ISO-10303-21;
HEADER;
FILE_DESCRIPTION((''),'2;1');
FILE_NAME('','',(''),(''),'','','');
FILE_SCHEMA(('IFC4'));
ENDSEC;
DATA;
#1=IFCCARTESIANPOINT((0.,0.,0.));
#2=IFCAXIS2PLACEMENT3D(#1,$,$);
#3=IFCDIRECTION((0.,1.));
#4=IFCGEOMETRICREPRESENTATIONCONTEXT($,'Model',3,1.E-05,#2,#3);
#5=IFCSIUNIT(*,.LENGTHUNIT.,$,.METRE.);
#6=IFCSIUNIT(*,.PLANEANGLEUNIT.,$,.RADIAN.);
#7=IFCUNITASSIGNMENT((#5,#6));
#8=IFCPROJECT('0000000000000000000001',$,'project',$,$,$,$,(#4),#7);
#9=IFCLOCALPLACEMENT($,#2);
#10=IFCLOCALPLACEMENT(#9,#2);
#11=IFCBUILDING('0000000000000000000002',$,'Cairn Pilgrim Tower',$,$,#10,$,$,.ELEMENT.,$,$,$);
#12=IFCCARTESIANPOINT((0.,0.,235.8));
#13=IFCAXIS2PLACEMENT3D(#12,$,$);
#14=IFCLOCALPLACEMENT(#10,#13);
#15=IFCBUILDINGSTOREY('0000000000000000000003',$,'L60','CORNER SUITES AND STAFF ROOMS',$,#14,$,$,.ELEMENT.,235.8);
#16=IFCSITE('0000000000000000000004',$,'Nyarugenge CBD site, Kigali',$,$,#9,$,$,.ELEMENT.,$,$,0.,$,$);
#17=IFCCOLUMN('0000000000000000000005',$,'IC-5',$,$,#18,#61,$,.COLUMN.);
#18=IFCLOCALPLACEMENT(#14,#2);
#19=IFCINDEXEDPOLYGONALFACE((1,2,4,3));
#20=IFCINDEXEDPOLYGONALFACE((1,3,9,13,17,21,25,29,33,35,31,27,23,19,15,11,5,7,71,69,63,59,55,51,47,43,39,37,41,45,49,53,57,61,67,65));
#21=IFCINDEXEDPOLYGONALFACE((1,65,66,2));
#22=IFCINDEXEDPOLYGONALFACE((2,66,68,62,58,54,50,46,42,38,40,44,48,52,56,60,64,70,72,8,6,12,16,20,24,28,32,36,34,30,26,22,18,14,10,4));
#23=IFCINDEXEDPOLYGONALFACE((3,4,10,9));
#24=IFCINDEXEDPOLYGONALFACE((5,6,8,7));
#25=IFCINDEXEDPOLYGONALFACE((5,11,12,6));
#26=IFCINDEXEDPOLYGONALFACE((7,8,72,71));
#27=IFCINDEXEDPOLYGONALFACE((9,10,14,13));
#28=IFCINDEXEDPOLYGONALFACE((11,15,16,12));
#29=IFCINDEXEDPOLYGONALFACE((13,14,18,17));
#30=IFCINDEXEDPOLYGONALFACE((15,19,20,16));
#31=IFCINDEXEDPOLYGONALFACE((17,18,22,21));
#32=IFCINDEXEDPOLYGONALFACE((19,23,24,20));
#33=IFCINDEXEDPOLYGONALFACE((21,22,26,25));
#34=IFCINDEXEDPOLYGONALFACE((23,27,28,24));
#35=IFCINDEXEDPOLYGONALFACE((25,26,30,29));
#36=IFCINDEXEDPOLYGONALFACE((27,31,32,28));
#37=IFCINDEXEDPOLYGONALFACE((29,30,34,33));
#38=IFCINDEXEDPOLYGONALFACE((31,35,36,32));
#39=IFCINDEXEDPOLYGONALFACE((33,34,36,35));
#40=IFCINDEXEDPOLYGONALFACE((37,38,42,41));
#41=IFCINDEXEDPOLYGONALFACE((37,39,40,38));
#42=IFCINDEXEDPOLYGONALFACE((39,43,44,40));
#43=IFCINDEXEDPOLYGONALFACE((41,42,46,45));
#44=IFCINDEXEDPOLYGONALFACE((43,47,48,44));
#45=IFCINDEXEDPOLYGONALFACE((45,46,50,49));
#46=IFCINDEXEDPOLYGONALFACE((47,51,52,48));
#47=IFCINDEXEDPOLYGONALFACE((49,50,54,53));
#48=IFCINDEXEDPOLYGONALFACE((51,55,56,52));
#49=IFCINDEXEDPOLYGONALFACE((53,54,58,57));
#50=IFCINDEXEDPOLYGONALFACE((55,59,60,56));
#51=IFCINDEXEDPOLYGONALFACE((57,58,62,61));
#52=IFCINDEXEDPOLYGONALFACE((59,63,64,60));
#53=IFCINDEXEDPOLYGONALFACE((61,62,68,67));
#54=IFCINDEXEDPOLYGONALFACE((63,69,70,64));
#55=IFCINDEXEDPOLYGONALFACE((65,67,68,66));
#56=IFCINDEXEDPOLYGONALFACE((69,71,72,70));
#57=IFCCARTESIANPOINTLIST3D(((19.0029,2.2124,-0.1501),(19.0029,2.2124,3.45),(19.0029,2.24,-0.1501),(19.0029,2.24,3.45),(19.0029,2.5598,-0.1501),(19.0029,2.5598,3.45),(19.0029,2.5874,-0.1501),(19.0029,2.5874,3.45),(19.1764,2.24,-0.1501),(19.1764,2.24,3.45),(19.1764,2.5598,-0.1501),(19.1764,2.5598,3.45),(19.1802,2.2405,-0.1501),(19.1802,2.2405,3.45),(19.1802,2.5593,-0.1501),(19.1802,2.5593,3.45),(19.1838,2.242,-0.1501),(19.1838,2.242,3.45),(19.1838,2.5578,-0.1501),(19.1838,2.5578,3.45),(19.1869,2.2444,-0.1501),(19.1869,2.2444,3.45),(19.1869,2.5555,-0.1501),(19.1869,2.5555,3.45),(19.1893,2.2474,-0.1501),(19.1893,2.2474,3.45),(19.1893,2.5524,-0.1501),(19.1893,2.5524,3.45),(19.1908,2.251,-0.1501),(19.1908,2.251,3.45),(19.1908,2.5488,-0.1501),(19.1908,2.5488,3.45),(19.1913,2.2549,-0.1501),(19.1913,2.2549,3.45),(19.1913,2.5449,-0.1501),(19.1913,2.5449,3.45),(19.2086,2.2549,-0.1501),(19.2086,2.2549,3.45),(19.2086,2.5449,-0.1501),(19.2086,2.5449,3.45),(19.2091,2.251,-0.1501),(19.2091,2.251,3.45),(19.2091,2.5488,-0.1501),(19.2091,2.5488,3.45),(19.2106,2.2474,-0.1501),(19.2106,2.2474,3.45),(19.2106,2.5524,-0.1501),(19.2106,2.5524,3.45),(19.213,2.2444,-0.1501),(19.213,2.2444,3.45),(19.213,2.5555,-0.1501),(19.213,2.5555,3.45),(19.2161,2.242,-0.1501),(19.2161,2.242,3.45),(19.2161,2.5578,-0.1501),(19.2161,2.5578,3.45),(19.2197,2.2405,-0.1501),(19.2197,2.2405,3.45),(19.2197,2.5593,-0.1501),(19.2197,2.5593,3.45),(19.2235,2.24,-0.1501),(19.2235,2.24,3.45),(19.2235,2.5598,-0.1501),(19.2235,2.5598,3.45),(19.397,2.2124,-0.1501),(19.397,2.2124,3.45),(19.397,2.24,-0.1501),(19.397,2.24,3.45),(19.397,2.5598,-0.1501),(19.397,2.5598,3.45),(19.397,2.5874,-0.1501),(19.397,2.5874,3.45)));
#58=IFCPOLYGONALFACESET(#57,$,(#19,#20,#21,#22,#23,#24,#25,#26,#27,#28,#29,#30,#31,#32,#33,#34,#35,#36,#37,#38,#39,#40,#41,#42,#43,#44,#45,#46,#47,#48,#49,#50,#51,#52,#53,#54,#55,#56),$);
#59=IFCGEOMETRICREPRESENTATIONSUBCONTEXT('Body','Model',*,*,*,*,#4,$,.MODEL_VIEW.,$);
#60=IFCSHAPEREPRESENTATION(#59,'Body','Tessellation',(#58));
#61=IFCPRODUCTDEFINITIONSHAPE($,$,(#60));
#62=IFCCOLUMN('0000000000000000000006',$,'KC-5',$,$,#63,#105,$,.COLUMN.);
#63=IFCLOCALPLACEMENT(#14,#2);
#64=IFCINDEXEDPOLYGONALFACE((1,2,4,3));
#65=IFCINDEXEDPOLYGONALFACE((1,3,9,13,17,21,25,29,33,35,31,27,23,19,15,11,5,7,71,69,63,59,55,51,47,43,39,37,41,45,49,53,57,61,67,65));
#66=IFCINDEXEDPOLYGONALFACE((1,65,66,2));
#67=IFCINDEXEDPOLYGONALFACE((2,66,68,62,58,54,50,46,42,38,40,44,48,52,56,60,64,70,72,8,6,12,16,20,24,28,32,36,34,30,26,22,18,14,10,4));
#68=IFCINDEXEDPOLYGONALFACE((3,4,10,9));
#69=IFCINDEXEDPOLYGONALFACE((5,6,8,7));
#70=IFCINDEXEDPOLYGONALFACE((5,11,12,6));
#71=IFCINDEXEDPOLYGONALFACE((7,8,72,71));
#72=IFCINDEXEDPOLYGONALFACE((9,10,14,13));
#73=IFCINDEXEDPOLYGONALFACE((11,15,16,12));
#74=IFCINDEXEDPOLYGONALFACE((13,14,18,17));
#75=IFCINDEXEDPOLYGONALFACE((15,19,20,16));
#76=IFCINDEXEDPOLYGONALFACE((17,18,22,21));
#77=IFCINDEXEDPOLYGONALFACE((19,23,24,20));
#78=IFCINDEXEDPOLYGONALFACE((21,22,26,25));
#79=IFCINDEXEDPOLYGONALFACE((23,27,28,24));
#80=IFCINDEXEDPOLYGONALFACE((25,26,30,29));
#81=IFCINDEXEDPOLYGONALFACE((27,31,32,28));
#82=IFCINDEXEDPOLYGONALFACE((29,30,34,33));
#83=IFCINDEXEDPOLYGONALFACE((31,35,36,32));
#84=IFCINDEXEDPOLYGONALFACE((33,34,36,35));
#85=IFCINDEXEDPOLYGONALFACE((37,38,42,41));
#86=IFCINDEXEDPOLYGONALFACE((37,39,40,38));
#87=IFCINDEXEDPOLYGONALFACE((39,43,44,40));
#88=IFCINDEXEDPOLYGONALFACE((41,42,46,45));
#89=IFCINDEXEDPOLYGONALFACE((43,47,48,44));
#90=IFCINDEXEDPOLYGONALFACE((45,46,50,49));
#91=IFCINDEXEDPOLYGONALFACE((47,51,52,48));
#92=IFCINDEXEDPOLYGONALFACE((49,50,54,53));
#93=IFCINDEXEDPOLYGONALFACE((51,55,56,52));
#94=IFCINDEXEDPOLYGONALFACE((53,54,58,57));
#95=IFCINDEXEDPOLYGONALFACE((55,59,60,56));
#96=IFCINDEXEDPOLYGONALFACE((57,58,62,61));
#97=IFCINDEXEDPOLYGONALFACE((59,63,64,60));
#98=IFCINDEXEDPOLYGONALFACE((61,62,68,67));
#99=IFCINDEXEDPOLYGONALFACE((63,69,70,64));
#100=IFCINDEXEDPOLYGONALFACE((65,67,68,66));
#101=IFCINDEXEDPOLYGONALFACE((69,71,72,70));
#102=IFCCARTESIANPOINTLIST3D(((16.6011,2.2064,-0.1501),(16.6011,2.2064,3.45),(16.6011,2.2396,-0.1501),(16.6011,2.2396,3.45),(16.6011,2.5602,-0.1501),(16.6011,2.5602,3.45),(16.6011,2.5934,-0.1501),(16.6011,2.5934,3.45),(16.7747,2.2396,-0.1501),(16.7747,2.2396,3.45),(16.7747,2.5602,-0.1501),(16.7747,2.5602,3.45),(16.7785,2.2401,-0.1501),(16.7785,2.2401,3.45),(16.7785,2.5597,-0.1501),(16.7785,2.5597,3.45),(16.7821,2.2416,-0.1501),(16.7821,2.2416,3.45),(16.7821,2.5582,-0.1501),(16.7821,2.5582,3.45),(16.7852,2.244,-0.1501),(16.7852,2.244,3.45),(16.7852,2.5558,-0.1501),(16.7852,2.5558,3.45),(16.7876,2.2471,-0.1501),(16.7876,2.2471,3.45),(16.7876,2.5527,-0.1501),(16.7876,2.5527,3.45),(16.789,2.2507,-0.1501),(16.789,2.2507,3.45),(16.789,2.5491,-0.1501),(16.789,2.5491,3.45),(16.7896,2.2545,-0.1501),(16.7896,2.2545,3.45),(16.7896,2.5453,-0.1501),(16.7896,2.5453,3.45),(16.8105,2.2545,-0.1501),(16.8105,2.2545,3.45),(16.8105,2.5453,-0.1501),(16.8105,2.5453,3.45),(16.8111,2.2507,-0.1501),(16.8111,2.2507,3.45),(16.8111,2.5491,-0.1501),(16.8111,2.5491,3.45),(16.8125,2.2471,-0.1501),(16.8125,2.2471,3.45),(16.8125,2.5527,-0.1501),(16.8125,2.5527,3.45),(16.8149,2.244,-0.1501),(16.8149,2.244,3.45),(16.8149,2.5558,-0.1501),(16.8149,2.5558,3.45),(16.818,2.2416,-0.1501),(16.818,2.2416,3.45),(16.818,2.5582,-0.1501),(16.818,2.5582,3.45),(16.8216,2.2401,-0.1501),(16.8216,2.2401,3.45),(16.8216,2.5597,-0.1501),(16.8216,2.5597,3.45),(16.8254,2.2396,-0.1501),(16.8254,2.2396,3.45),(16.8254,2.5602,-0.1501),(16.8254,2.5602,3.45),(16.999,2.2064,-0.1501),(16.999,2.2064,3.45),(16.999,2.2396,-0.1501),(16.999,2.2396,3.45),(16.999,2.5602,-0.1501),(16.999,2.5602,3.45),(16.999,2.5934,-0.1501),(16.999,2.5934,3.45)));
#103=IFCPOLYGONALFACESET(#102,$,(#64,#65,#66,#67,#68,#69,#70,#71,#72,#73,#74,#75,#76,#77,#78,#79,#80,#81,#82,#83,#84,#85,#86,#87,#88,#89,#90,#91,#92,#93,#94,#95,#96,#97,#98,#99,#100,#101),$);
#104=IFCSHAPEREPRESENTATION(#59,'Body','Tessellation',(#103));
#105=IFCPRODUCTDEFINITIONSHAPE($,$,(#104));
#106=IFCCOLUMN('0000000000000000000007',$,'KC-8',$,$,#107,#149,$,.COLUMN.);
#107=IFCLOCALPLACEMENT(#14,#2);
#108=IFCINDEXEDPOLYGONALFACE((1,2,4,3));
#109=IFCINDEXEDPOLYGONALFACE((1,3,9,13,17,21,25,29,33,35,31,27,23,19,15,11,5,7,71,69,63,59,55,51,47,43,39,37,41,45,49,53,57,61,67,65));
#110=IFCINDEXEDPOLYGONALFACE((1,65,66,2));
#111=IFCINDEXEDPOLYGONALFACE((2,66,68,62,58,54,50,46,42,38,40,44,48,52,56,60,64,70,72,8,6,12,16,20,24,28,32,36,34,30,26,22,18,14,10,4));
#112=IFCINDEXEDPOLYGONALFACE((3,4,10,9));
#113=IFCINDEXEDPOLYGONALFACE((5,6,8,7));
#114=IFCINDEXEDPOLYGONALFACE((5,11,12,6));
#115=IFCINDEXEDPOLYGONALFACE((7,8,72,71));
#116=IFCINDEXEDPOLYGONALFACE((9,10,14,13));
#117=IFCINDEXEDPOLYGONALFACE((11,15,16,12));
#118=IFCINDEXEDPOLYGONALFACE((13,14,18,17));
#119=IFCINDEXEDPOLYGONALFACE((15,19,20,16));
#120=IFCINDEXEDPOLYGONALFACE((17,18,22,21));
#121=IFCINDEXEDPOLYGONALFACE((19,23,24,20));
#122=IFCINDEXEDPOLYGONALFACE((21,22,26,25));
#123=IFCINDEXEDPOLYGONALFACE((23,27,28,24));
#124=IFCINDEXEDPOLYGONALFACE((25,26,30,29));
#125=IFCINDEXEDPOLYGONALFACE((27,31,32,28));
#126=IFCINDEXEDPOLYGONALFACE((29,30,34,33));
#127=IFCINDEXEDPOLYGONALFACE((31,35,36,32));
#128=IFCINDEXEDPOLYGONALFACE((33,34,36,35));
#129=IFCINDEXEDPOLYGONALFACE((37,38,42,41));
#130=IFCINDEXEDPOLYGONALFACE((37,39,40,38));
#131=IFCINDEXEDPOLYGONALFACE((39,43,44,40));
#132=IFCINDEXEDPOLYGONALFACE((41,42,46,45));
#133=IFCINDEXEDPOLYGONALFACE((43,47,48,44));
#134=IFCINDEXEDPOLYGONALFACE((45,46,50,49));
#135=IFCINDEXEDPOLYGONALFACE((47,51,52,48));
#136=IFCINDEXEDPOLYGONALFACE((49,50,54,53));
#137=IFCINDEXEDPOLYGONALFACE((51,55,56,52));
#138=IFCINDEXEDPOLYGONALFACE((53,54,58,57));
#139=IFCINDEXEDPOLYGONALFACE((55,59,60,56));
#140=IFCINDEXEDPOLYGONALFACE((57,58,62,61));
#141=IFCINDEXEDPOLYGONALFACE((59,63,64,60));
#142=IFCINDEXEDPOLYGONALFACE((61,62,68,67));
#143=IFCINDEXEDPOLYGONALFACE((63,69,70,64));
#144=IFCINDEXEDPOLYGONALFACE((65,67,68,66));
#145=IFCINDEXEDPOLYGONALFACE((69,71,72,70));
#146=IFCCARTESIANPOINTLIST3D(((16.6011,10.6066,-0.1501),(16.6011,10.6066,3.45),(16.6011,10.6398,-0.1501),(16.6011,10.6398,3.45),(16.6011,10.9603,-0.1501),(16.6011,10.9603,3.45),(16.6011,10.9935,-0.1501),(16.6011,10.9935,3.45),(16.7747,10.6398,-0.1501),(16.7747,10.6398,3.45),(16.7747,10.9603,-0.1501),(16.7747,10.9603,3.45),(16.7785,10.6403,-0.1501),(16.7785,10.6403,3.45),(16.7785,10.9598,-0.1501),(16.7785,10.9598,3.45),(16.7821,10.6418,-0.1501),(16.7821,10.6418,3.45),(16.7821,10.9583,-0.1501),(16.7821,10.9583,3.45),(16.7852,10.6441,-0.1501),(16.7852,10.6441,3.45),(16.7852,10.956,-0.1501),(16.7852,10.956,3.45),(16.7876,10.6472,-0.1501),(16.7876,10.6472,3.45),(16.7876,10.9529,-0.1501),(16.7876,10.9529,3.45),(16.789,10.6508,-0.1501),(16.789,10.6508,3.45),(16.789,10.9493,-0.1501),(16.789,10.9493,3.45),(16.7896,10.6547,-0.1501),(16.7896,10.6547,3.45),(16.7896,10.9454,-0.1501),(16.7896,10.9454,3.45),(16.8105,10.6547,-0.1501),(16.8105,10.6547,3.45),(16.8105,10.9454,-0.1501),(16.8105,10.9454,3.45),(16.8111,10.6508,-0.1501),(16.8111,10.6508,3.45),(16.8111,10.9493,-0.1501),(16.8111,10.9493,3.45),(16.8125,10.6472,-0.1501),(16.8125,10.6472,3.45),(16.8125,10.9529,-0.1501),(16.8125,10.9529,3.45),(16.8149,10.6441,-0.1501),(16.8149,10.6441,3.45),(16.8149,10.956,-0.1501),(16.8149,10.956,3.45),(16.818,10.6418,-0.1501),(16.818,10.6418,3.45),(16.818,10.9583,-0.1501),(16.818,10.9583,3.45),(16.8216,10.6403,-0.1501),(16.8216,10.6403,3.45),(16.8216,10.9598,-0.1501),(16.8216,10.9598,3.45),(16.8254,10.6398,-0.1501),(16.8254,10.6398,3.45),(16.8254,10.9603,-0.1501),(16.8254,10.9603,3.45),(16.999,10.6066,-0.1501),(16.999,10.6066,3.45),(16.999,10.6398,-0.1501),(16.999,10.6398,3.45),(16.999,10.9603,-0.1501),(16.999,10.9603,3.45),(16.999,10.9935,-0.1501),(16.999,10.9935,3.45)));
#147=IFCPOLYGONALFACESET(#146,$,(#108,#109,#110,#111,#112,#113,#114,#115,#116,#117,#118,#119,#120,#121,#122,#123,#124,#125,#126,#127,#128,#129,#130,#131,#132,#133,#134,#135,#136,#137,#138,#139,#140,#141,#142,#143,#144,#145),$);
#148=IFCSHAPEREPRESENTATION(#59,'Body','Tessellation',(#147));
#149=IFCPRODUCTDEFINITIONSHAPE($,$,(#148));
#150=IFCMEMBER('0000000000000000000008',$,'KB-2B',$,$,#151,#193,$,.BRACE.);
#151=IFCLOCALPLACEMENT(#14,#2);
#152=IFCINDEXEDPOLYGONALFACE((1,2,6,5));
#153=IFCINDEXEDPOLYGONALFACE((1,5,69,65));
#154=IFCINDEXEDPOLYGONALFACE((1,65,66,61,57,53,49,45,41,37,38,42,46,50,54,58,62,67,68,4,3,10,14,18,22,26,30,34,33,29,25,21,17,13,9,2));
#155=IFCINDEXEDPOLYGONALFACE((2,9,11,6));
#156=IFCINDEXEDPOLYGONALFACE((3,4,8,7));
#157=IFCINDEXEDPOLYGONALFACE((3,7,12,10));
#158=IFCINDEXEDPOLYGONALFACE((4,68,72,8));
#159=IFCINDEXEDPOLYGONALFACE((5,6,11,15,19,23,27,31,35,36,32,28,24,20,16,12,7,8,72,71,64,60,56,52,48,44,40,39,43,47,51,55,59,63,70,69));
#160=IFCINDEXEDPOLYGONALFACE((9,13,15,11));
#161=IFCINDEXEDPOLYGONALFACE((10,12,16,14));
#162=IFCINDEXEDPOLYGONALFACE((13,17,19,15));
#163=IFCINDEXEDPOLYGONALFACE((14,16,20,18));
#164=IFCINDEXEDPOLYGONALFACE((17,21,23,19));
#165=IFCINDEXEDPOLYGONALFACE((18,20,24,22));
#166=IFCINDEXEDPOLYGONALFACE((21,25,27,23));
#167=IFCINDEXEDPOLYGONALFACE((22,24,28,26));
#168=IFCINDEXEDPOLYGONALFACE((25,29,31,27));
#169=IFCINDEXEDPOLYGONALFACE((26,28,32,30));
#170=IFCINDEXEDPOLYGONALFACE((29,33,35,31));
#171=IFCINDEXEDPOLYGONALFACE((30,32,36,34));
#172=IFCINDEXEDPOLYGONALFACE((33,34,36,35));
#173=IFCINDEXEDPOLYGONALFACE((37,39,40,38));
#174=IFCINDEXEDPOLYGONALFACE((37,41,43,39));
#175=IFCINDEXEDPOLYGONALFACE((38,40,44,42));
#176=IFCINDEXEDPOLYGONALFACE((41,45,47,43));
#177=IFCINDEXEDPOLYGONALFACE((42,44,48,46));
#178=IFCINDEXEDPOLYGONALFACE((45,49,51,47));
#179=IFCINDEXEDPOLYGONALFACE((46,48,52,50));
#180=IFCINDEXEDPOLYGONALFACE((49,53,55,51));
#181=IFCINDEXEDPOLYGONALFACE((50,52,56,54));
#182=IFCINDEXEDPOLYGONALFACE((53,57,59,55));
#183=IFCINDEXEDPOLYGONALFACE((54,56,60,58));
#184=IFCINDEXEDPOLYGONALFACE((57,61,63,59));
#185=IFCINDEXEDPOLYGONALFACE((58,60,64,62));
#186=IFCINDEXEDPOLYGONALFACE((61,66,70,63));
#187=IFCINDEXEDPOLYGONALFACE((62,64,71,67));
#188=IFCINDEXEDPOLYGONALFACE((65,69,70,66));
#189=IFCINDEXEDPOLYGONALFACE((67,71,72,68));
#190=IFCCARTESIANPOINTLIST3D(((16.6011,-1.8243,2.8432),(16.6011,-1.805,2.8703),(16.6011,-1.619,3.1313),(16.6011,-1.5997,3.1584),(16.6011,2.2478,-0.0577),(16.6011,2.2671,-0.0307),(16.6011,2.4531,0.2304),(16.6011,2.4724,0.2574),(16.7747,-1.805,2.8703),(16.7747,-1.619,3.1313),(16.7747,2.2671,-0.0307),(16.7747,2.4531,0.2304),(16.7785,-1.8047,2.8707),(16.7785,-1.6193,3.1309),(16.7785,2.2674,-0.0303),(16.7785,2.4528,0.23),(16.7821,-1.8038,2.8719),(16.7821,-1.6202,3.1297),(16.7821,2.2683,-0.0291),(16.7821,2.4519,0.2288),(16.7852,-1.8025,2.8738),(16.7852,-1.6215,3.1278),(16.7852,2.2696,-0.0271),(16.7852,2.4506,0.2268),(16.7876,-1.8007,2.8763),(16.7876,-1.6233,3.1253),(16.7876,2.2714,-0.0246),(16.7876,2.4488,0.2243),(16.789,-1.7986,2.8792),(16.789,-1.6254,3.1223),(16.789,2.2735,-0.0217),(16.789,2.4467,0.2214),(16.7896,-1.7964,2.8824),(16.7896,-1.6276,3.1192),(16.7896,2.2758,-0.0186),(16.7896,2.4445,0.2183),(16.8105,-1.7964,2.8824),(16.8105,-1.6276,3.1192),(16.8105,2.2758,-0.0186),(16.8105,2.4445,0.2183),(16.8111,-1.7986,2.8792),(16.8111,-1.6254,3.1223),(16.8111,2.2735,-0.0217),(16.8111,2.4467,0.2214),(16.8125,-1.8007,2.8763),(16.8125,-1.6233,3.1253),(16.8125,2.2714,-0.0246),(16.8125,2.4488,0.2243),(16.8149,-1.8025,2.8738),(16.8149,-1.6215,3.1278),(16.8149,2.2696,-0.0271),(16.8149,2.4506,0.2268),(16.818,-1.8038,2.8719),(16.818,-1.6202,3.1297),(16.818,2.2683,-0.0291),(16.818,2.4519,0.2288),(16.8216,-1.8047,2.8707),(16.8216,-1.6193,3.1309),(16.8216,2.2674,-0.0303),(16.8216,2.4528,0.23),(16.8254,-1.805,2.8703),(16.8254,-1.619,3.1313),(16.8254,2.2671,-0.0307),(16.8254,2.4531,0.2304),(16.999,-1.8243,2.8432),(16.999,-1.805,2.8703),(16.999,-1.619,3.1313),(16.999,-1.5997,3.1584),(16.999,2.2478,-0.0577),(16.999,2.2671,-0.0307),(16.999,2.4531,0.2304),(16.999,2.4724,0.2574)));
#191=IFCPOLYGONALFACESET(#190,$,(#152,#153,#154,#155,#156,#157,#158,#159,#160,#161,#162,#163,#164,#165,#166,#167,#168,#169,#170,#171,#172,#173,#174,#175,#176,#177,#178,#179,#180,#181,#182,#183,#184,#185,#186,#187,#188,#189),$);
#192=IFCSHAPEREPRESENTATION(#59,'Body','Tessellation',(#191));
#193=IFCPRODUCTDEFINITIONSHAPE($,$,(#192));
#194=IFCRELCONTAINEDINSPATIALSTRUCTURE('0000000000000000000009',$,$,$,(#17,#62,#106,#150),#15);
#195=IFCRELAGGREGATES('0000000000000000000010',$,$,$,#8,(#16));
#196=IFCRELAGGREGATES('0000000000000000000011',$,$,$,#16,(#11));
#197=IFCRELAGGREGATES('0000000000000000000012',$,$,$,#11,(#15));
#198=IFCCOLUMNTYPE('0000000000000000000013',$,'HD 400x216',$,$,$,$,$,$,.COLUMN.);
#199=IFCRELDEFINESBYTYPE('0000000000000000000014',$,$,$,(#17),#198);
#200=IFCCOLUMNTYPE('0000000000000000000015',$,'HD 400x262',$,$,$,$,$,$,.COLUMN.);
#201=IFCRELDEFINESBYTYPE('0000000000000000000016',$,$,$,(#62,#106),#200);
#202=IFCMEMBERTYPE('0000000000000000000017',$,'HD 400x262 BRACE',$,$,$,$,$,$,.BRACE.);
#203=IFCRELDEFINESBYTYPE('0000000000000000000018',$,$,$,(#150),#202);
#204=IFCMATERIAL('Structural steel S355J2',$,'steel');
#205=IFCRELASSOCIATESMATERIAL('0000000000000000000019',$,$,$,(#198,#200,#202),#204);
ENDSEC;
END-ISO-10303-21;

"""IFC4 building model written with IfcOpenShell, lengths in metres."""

from ifc_helpers import new_model, si_unit, direction, frame, origin, origin_2d, place, context, subcontext, project, spatial, i_section, extrude, material, material_profile, profile_set, type_object, element, save


model = new_model("IFC4")

# Units and contexts
model_context = context("Model", 3, precision=1e-05, world=origin(), true_north=direction((0.0, 1.0)))
body_context = subcontext(model_context, "Body", "Model", "MODEL_VIEW")
ifc_project = project(units=[si_unit("LENGTHUNIT", "METRE"), si_unit("PLANEANGLEUNIT", "RADIAN")], contexts=[model_context])

# Site, building, storey
site_placement = place(None, origin())
site = spatial("IfcSite", under=ifc_project, at=site_placement, Name="Nyarugenge CBD site, Kigali", CompositionType="ELEMENT", RefElevation=0.0)
building_placement = place(site_placement, origin())
building = spatial("IfcBuilding", under=site, at=building_placement, Name="Cairn Pilgrim Tower", CompositionType="ELEMENT")
storey_placement = place(building_placement, frame((0.0, 0.0, 235.8)))
storey = spatial("IfcBuildingStorey", under=building, at=storey_placement, Name="L60", Description="CORNER SUITES AND STAFF ROOMS", CompositionType="ELEMENT", Elevation=235.8)

# Columns
ifc_material_1 = material(Name="Structural steel S355J2", Category="steel")
ifc_material_profile_1 = material_profile(ifc_material_1, i_section(OverallWidth=0.394, OverallDepth=0.375, WebThickness=0.0173, FlangeThickness=0.0276, FilletRadius=0.0149, at=origin_2d()), Name="HD 400x216")
ifc_profile_set_1 = profile_set([ifc_material_profile_1], Name="Structural steel S355J2")
column_type_1 = type_object("IfcColumnType", Name="HD 400x216", PredefinedType="COLUMN", material=ifc_profile_set_1)
column_placement = place(storey_placement, frame((19.2, 2.3999, -0.1501), z_axis=(0.0, 0.0, 1.0), x_axis=(1.0, 0.0, 0.0)))
element("IfcColumn", 1, at=column_placement, inside=storey, type_object=column_type_1, Name="IC-5", PredefinedType="COLUMN", context=body_context, shape_type="SweptSolid", body=[
    extrude(i_section(OverallWidth=0.394, OverallDepth=0.375, WebThickness=0.0173, FlangeThickness=0.0276, FilletRadius=0.0149, at=origin_2d()), origin(), (0.0, 0.0, 1.0), 3.6001),
])
ifc_material_profile_2 = material_profile(ifc_material_1, i_section(OverallWidth=0.3979, OverallDepth=0.387, WebThickness=0.021, FlangeThickness=0.0332, FilletRadius=0.0149, at=origin_2d()), Name="HD 400x262")
ifc_profile_set_2 = profile_set([ifc_material_profile_2], Name="Structural steel S355J2")
column_type_2 = type_object("IfcColumnType", Name="HD 400x262", PredefinedType="COLUMN", material=ifc_profile_set_2)
for number, where, z_axis, x_axis, name in (
    (2, (16.8, 2.3999, -0.1501), (0.0, 0.0, 1.0), (1.0, 0.0, 0.0), "KC-5"),
    (3, (16.8, 10.8, -0.1501), (0.0, 0.0, 1.0), (1.0, 0.0, 0.0), "KC-8"),
):
    element("IfcColumn", number, at=place(storey_placement, frame(where, z_axis=z_axis, x_axis=x_axis)), inside=storey, type_object=column_type_2, Name=name, PredefinedType="COLUMN", context=body_context, shape_type="SweptSolid", body=[
        extrude(i_section(OverallWidth=0.3979, OverallDepth=0.387, WebThickness=0.021, FlangeThickness=0.0332, FilletRadius=0.0149, at=origin_2d()), origin(), (0.0, 0.0, 1.0), 3.6001),
    ])

# Member
ifc_material_profile_3 = material_profile(ifc_material_1, i_section(OverallWidth=0.3979, OverallDepth=0.387, WebThickness=0.021, FlangeThickness=0.0332, FilletRadius=0.0149, at=origin_2d()), Name="HD 400x262")
ifc_profile_set_3 = profile_set([ifc_material_profile_3], Name="Structural steel S355J2")
member_type = type_object("IfcMemberType", Name="HD 400x262 BRACE", PredefinedType="BRACE", material=ifc_profile_set_3)
member_1_placement = place(storey_placement, frame((16.8, 2.3601, 0.0999), z_axis=(0.0, -0.814462, 0.580217), x_axis=(1.0, 0.0, 0.0)))
element("IfcMember", 4, at=member_1_placement, inside=storey, type_object=member_type, Name="KB-2B", PredefinedType="BRACE", context=body_context, shape_type="SweptSolid", body=[
    extrude(i_section(OverallWidth=0.3979, OverallDepth=0.387, WebThickness=0.021, FlangeThickness=0.0332, FilletRadius=0.0149, at=origin_2d()), origin(), (0.0, 0.0, 1.0), 4.9998),
])

save(model, "model.ifc")
